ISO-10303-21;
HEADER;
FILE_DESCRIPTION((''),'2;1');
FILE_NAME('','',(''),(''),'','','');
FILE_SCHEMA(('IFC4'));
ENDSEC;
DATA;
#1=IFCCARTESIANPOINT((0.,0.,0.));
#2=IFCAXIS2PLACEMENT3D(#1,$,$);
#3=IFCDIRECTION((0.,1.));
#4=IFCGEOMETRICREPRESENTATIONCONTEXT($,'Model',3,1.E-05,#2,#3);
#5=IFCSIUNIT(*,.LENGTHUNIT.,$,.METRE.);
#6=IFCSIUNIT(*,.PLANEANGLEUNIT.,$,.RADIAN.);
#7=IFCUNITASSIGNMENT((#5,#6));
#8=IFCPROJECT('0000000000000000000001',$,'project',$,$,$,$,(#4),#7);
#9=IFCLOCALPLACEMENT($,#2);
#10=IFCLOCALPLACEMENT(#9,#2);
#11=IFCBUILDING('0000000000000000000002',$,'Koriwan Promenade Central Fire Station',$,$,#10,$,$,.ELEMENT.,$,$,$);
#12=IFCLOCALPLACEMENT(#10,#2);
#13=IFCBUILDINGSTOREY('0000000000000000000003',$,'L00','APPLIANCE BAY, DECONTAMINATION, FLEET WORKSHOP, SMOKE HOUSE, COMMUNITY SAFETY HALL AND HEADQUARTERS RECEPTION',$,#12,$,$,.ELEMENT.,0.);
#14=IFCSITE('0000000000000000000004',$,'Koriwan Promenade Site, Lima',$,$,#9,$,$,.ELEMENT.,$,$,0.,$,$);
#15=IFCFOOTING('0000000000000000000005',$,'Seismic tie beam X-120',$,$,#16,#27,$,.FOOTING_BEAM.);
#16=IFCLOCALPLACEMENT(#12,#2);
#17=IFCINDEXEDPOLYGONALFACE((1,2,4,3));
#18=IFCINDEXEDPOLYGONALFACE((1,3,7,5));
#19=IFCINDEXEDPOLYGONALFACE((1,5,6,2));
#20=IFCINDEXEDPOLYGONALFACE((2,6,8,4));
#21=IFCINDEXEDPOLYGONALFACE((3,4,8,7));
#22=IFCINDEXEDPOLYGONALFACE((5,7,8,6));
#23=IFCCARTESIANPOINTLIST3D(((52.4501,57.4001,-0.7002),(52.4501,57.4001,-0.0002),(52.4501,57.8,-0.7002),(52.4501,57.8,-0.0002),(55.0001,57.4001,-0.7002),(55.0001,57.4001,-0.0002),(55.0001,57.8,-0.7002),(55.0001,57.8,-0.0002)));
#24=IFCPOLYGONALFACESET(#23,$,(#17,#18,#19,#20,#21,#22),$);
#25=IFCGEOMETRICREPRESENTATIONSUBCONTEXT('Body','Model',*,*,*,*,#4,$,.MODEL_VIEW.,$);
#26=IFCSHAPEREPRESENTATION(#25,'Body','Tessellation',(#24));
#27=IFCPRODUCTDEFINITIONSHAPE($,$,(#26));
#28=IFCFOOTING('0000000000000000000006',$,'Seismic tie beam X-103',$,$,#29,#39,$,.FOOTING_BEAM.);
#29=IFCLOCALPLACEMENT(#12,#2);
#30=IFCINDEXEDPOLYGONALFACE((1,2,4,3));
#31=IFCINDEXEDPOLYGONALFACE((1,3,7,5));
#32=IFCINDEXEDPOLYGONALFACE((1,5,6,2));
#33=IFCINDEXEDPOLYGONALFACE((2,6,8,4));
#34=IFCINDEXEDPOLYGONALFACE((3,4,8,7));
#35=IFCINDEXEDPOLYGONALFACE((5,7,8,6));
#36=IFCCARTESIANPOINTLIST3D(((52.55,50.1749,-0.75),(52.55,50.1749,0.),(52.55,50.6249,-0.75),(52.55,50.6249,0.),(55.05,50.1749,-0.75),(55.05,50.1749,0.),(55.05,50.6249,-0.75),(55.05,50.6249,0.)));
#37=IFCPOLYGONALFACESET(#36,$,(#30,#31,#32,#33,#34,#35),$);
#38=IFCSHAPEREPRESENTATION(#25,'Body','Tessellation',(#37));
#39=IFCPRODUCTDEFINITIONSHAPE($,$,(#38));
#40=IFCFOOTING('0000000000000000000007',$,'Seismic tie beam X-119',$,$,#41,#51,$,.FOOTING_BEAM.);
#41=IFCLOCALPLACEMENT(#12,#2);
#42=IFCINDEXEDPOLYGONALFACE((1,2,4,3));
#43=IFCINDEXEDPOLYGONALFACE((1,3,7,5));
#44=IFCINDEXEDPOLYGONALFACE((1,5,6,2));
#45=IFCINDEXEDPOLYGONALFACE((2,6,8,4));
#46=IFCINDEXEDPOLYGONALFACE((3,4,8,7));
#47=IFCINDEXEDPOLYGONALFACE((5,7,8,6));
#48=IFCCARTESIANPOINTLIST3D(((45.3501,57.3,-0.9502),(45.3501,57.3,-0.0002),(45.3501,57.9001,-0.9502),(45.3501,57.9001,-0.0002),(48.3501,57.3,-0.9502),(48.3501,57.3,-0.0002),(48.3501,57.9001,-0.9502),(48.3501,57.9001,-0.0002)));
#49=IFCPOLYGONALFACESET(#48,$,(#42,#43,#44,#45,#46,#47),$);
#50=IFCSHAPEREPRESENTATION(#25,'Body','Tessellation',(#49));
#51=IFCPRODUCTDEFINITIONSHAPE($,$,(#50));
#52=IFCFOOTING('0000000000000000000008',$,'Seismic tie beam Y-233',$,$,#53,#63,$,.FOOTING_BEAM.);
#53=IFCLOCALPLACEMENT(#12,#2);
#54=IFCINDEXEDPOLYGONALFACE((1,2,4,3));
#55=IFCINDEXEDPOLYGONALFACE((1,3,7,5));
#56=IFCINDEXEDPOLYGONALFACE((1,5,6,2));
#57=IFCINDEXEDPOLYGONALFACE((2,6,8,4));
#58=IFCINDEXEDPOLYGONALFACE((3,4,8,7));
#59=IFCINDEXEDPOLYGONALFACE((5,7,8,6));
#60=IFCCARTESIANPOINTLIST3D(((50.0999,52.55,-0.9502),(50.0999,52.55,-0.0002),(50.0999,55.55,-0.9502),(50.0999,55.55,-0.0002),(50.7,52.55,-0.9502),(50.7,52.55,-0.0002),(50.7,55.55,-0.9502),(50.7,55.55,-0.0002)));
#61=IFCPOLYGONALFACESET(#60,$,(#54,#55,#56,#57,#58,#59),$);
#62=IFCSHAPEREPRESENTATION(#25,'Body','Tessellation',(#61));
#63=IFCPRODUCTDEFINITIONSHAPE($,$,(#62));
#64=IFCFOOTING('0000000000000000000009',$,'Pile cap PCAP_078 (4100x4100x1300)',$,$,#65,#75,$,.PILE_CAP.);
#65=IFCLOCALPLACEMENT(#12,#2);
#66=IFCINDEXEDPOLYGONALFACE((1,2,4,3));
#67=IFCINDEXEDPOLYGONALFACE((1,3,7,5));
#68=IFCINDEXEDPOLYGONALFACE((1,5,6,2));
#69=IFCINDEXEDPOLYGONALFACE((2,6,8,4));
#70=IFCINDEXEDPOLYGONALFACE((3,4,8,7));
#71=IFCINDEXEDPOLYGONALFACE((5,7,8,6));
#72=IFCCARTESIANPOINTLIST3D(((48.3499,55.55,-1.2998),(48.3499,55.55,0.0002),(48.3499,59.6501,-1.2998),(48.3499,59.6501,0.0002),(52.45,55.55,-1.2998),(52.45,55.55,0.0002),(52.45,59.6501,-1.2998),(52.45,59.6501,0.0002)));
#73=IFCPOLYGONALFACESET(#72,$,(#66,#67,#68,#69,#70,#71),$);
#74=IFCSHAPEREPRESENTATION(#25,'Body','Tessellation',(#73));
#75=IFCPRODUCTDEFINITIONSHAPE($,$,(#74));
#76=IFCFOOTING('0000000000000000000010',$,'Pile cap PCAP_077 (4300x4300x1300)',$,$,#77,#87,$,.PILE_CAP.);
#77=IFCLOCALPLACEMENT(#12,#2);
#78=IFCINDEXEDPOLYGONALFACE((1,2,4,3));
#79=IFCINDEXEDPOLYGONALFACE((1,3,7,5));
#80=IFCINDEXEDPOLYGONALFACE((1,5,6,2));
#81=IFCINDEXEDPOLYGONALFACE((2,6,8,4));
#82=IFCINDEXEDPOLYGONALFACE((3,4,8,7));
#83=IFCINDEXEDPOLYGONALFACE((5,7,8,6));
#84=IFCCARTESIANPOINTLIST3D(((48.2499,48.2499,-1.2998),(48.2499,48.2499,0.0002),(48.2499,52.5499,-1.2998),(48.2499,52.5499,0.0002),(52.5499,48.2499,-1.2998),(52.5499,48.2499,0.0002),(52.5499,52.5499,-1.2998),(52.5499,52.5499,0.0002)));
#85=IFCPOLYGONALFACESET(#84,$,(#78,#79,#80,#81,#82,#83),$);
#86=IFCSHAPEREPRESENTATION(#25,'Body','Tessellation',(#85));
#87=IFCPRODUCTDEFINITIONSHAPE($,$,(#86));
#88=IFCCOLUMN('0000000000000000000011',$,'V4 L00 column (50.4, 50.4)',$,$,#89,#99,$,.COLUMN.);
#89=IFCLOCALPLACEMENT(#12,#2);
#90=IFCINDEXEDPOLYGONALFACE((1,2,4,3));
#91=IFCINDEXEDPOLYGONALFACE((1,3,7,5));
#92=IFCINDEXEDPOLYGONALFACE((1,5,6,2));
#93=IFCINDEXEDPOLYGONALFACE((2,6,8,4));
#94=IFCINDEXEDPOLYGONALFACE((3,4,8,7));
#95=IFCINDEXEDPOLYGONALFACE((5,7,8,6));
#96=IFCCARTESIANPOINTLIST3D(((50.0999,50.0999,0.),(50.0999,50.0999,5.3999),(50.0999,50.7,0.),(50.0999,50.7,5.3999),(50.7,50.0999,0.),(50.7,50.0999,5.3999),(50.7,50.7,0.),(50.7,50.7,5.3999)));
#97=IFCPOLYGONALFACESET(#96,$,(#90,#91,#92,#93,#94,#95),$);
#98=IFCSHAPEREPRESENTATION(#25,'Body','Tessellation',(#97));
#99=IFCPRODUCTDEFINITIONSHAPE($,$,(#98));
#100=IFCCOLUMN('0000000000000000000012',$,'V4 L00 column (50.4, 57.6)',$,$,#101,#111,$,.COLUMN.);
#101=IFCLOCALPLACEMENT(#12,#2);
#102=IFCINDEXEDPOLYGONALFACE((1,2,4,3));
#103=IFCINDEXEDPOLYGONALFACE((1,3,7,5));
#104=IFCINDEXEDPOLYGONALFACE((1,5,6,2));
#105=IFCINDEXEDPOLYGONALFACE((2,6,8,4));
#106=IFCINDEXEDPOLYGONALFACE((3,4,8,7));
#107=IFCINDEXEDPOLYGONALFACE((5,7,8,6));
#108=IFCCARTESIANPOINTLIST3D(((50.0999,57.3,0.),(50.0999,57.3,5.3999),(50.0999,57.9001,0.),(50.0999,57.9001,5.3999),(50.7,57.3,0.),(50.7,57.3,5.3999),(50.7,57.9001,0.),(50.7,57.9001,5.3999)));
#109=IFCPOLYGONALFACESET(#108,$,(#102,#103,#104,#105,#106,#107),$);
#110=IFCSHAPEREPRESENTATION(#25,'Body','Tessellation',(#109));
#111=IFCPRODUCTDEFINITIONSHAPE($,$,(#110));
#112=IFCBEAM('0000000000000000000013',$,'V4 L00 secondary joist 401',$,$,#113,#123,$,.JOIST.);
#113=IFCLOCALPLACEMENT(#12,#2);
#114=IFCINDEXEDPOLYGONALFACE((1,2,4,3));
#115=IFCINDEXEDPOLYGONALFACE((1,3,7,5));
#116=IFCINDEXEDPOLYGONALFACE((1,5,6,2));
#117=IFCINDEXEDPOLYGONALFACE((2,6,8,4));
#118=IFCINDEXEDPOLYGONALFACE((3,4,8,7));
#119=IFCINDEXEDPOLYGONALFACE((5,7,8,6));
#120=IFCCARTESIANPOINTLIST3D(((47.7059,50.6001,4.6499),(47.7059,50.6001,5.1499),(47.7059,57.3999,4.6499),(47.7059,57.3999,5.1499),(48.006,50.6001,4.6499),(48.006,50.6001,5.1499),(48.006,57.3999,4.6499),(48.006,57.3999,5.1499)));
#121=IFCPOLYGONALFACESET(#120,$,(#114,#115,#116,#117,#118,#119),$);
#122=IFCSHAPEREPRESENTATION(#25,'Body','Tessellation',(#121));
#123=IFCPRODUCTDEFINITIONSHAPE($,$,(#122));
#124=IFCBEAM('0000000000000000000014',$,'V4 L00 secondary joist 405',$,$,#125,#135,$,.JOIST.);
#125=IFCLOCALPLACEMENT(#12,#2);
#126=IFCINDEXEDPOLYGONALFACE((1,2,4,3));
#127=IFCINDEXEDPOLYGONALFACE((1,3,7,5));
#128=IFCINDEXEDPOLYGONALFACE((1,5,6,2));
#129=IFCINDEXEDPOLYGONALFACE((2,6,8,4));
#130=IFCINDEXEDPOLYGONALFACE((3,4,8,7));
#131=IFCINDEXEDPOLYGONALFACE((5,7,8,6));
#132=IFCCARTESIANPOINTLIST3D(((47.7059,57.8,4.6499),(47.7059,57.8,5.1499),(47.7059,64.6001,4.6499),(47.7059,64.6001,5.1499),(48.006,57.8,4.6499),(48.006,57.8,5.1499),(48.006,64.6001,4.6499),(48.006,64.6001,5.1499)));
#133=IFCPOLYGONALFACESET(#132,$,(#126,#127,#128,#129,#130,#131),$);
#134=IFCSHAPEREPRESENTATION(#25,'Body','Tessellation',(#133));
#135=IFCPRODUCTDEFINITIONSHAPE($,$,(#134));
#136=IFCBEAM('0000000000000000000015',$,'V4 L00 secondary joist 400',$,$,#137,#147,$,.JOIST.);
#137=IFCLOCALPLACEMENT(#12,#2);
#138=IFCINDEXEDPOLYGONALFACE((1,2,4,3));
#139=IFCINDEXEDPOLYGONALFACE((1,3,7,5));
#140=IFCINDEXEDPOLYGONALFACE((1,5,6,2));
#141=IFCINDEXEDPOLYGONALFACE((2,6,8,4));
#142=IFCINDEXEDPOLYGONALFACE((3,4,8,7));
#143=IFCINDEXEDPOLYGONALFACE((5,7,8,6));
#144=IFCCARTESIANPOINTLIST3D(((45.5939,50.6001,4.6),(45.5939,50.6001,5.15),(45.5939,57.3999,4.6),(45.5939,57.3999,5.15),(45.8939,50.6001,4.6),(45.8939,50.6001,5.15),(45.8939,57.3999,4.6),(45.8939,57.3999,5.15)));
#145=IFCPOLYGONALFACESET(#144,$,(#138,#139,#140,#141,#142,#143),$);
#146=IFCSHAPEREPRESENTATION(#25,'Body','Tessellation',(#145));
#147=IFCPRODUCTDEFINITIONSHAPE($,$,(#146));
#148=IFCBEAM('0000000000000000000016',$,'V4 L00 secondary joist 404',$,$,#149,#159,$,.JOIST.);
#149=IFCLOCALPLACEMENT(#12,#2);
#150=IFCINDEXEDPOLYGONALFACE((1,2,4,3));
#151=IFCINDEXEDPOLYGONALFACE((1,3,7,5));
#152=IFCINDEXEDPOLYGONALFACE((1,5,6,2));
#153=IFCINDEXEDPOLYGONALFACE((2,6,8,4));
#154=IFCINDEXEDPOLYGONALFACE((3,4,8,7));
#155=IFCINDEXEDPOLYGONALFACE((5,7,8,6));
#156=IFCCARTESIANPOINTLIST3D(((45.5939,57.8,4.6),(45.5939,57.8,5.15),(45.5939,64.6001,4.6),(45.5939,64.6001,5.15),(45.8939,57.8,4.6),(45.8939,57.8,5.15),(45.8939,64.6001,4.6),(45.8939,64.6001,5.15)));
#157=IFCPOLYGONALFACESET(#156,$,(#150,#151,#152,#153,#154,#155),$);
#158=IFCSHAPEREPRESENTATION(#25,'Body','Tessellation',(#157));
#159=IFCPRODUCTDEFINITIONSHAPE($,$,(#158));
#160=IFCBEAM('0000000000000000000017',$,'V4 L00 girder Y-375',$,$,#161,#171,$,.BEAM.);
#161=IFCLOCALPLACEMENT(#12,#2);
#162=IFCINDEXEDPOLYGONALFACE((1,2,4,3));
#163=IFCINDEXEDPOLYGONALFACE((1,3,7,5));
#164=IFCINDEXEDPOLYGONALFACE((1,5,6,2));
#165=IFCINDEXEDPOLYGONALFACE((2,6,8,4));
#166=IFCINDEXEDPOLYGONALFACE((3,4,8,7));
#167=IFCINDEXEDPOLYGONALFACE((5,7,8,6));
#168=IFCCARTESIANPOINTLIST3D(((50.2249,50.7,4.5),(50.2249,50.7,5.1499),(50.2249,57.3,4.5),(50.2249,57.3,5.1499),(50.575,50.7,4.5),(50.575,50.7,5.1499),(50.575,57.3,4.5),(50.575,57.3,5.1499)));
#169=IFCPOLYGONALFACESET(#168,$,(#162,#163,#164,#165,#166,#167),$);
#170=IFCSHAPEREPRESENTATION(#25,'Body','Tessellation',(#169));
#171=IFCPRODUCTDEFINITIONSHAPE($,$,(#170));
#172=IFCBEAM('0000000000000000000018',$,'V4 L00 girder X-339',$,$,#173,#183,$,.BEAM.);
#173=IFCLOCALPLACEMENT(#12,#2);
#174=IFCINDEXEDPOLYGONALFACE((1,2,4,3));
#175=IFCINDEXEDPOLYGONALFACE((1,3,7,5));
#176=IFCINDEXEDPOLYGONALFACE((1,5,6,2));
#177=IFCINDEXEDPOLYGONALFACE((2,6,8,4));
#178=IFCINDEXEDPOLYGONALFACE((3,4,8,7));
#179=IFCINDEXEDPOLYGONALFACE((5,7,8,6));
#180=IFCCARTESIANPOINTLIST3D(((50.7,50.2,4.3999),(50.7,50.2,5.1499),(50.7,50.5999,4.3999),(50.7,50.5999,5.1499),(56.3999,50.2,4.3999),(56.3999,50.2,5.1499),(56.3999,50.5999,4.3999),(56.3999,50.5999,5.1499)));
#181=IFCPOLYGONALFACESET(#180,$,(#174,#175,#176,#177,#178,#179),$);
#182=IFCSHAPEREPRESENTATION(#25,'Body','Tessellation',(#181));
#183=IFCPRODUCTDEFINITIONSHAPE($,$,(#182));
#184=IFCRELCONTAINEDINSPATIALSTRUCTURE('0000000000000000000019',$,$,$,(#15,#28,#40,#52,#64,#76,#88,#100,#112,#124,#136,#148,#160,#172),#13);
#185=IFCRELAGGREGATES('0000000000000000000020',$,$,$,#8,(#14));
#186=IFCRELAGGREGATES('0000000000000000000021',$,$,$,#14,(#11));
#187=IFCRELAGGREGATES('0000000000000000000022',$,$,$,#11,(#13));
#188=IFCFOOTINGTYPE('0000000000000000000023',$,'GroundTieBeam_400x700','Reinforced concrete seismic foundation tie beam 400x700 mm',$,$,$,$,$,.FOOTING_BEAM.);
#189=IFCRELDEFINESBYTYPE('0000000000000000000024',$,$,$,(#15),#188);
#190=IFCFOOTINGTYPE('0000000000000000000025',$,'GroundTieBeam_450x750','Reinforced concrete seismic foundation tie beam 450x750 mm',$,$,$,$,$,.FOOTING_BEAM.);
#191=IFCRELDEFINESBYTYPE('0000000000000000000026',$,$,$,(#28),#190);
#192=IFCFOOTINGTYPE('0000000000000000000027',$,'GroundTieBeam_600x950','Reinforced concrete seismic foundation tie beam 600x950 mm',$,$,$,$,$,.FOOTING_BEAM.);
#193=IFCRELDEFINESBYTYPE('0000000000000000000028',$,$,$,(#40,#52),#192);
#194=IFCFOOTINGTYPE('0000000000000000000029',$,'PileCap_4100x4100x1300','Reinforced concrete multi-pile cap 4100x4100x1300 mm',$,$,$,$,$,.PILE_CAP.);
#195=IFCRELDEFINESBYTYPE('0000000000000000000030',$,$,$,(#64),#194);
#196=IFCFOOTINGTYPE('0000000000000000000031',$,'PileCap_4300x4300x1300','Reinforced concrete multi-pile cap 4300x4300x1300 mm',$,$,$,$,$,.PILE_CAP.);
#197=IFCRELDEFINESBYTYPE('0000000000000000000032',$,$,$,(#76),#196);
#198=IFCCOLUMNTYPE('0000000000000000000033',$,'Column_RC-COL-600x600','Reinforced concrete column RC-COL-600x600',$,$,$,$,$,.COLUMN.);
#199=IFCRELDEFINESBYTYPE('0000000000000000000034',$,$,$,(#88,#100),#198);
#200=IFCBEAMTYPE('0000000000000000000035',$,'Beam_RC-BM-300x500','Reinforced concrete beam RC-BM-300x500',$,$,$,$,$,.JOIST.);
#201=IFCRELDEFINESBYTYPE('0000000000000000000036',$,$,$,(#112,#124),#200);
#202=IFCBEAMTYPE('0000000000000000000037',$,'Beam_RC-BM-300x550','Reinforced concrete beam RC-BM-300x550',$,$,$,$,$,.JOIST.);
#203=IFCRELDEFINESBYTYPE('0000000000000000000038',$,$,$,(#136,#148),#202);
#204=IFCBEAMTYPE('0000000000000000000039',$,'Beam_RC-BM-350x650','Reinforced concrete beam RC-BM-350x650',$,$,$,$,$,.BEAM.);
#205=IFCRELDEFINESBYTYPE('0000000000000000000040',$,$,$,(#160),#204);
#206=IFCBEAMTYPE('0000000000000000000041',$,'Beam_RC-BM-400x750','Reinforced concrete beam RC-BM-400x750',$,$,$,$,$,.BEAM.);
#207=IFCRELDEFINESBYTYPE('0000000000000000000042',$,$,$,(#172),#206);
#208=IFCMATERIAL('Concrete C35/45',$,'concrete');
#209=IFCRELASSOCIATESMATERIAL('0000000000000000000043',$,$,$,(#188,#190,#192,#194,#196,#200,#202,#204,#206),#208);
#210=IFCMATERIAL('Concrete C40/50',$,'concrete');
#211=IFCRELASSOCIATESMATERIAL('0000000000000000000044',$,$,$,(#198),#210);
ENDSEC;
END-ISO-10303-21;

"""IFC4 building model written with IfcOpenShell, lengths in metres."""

from ifc_helpers import new_model, si_unit, direction, frame, origin, origin_2d, place, context, subcontext, project, spatial, rectangle, extrude, material, material_profile, profile_set, type_object, element, save


model = new_model("IFC4")

# Units and contexts
model_context = context("Model", 3, precision=1e-05, world=origin(), true_north=direction((0.0, 1.0)))
body_context = subcontext(model_context, "Body", "Model", "MODEL_VIEW")
ifc_project = project(units=[si_unit("LENGTHUNIT", "METRE"), si_unit("PLANEANGLEUNIT", "RADIAN")], contexts=[model_context])

# Site, building, storey
site_placement = place(None, origin())
site = spatial("IfcSite", under=ifc_project, at=site_placement, Name="Koriwan Promenade Site, Lima", CompositionType="ELEMENT", RefElevation=0.0)
building_placement = place(site_placement, origin())
building = spatial("IfcBuilding", under=site, at=building_placement, Name="Koriwan Promenade Central Fire Station", CompositionType="ELEMENT")
storey_placement = place(building_placement, origin())
storey = spatial("IfcBuildingStorey", under=building, at=storey_placement, Name="L00", Description="APPLIANCE BAY, DECONTAMINATION, FLEET WORKSHOP, SMOKE HOUSE, COMMUNITY SAFETY HALL AND HEADQUARTERS RECEPTION", CompositionType="ELEMENT", Elevation=0.0)

# Shared definitions
ifc_material_1 = material(Name="Concrete C35/45", Category="concrete")

# Footings
footing_type_1 = type_object("IfcFootingType", Name="GroundTieBeam_400x700", Description="Reinforced concrete seismic foundation tie beam 400x700 mm", PredefinedType="FOOTING_BEAM", material=ifc_material_1)
footing_1_placement = place(storey_placement, frame((53.7251, 57.6001, -0.7002), z_axis=(0.0, 0.0, 1.0), x_axis=(1.0, 0.0, 0.0)))
element("IfcFooting", 1, at=footing_1_placement, inside=storey, type_object=footing_type_1, Name="Seismic tie beam X-120", PredefinedType="FOOTING_BEAM", context=body_context, shape_type="SweptSolid", body=[
    extrude(rectangle(XDim=2.55, YDim=0.3999, at=origin_2d()), origin(), (0.0, 0.0, 1.0), 0.7),
])
footing_type_2 = type_object("IfcFootingType", Name="GroundTieBeam_450x750", Description="Reinforced concrete seismic foundation tie beam 450x750 mm", PredefinedType="FOOTING_BEAM", material=ifc_material_1)
footing_2_placement = place(storey_placement, frame((53.8, 50.3999, -0.75), z_axis=(0.0, 0.0, 1.0), x_axis=(1.0, 0.0, 0.0)))
element("IfcFooting", 2, at=footing_2_placement, inside=storey, type_object=footing_type_2, Name="Seismic tie beam X-103", PredefinedType="FOOTING_BEAM", context=body_context, shape_type="SweptSolid", body=[
    extrude(rectangle(XDim=2.5, YDim=0.45, at=origin_2d()), origin(), (0.0, 0.0, 1.0), 0.75),
])
footing_type_3 = type_object("IfcFootingType", Name="GroundTieBeam_600x950", Description="Reinforced concrete seismic foundation tie beam 600x950 mm", PredefinedType="FOOTING_BEAM", material=ifc_material_1)
for number, where, z_axis, x_axis, name in (
    (3, (46.8501, 57.6001, -0.9502), (0.0, 0.0, 1.0), (1.0, 0.0, 0.0), "Seismic tie beam X-119"),
    (4, (50.3999, 54.05, -0.9502), (0.0, 0.0, 1.0), (0.0, 1.0, 0.0), "Seismic tie beam Y-233"),
):
    element("IfcFooting", number, at=place(storey_placement, frame(where, z_axis=z_axis, x_axis=x_axis)), inside=storey, type_object=footing_type_3, Name=name, PredefinedType="FOOTING_BEAM", context=body_context, shape_type="SweptSolid", body=[
        extrude(rectangle(XDim=3.0, YDim=0.6001, at=origin_2d()), origin(), (0.0, 0.0, 1.0), 0.95),
    ])
footing_type_4 = type_object("IfcFootingType", Name="PileCap_4100x4100x1300", Description="Reinforced concrete multi-pile cap 4100x4100x1300 mm", PredefinedType="PILE_CAP", material=ifc_material_1)
footing_3_placement = place(storey_placement, frame((50.3999, 57.6001, -1.2998), z_axis=(0.0, 0.0, 1.0), x_axis=(1.0, 0.0, 0.0)))
element("IfcFooting", 5, at=footing_3_placement, inside=storey, type_object=footing_type_4, Name="Pile cap PCAP_078 (4100x4100x1300)", PredefinedType="PILE_CAP", context=body_context, shape_type="SweptSolid", body=[
    extrude(rectangle(XDim=4.1001, YDim=4.1001, at=origin_2d()), origin(), (0.0, 0.0, 1.0), 1.3),
])
footing_type_5 = type_object("IfcFootingType", Name="PileCap_4300x4300x1300", Description="Reinforced concrete multi-pile cap 4300x4300x1300 mm", PredefinedType="PILE_CAP", material=ifc_material_1)
footing_4_placement = place(storey_placement, frame((50.3999, 50.3999, -1.2998), z_axis=(0.0, 0.0, 1.0), x_axis=(1.0, 0.0, 0.0)))
element("IfcFooting", 6, at=footing_4_placement, inside=storey, type_object=footing_type_5, Name="Pile cap PCAP_077 (4300x4300x1300)", PredefinedType="PILE_CAP", context=body_context, shape_type="SweptSolid", body=[
    extrude(rectangle(XDim=4.3, YDim=4.3, at=origin_2d()), origin(), (0.0, 0.0, 1.0), 1.3),
])

# Columns
ifc_material_2 = material(Name="Concrete C40/50", Category="concrete")
ifc_material_profile_1 = material_profile(ifc_material_2, rectangle(XDim=0.6001, YDim=0.6001, at=origin_2d()), Name="RC-COL-600x600")
ifc_profile_set_1 = profile_set([ifc_material_profile_1], Name="Concrete C40/50")
column_type = type_object("IfcColumnType", Name="Column_RC-COL-600x600", Description="Reinforced concrete column RC-COL-600x600", PredefinedType="COLUMN", material=ifc_profile_set_1)
for number, where, z_axis, x_axis, name in (
    (7, (50.3999, 50.3999, 0.0), (0.0, 0.0, 1.0), (1.0, 0.0, 0.0), "V4 L00 column (50.4, 50.4)"),
    (8, (50.3999, 57.6001, 0.0), (0.0, 0.0, 1.0), (1.0, 0.0, 0.0), "V4 L00 column (50.4, 57.6)"),
):
    element("IfcColumn", number, at=place(storey_placement, frame(where, z_axis=z_axis, x_axis=x_axis)), inside=storey, type_object=column_type, Name=name, PredefinedType="COLUMN", context=body_context, shape_type="SweptSolid", body=[
        extrude(rectangle(XDim=0.6001, YDim=0.6001, at=origin_2d()), origin(), (0.0, 0.0, 1.0), 5.3999),
    ])

# Beams
ifc_material_profile_2 = material_profile(ifc_material_1, rectangle(XDim=0.3, YDim=0.5, at=origin_2d()), Name="RC-BM-300x500")
ifc_profile_set_2 = profile_set([ifc_material_profile_2], Name="Concrete C35/45")
beam_type_1 = type_object("IfcBeamType", Name="Beam_RC-BM-300x500", Description="Reinforced concrete beam RC-BM-300x500", PredefinedType="JOIST", material=ifc_profile_set_2)
beam_1_placement = place(storey_placement, frame((47.856, 50.6001, 4.8999), z_axis=(0.0, 1.0, 0.0), x_axis=(-1.0, 0.0, 0.0)))
element("IfcBeam", 9, at=beam_1_placement, inside=storey, type_object=beam_type_1, Name="V4 L00 secondary joist 401", PredefinedType="JOIST", context=body_context, shape_type="SweptSolid", body=[
    extrude(rectangle(XDim=0.3, YDim=0.5, at=origin_2d()), origin(), (0.0, 0.0, 1.0), 6.7998),
])
beam_2_placement = place(storey_placement, frame((47.856, 57.8, 4.8999), z_axis=(0.0, 1.0, 0.0), x_axis=(-1.0, 0.0, 0.0)))
element("IfcBeam", 10, at=beam_2_placement, inside=storey, type_object=beam_type_1, Name="V4 L00 secondary joist 405", PredefinedType="JOIST", context=body_context, shape_type="SweptSolid", body=[
    extrude(rectangle(XDim=0.3, YDim=0.5, at=origin_2d()), origin(), (0.0, 0.0, 1.0), 6.8),
])
ifc_material_profile_3 = material_profile(ifc_material_1, rectangle(XDim=0.3, YDim=0.55, at=origin_2d()), Name="RC-BM-300x550")
ifc_profile_set_3 = profile_set([ifc_material_profile_3], Name="Concrete C35/45")
beam_type_2 = type_object("IfcBeamType", Name="Beam_RC-BM-300x550", Description="Reinforced concrete beam RC-BM-300x550", PredefinedType="JOIST", material=ifc_profile_set_3)
beam_3_placement = place(storey_placement, frame((45.7439, 50.6001, 4.875), z_axis=(0.0, 1.0, 0.0), x_axis=(-1.0, 0.0, 0.0)))
element("IfcBeam", 11, at=beam_3_placement, inside=storey, type_object=beam_type_2, Name="V4 L00 secondary joist 400", PredefinedType="JOIST", context=body_context, shape_type="SweptSolid", body=[
    extrude(rectangle(XDim=0.3, YDim=0.55, at=origin_2d()), origin(), (0.0, 0.0, 1.0), 6.7998),
])
beam_4_placement = place(storey_placement, frame((45.7439, 57.8, 4.875), z_axis=(0.0, 1.0, 0.0), x_axis=(-1.0, 0.0, 0.0)))
element("IfcBeam", 12, at=beam_4_placement, inside=storey, type_object=beam_type_2, Name="V4 L00 secondary joist 404", PredefinedType="JOIST", context=body_context, shape_type="SweptSolid", body=[
    extrude(rectangle(XDim=0.3, YDim=0.55, at=origin_2d()), origin(), (0.0, 0.0, 1.0), 6.8),
])
ifc_material_profile_4 = material_profile(ifc_material_1, rectangle(XDim=0.3501, YDim=0.6499, at=origin_2d()), Name="RC-BM-350x650")
ifc_profile_set_4 = profile_set([ifc_material_profile_4], Name="Concrete C35/45")
beam_type_3 = type_object("IfcBeamType", Name="Beam_RC-BM-350x650", Description="Reinforced concrete beam RC-BM-350x650", PredefinedType="BEAM", material=ifc_profile_set_4)
beam_5_placement = place(storey_placement, frame((50.3999, 50.7, 4.825), z_axis=(0.0, 1.0, 0.0), x_axis=(-1.0, 0.0, 0.0)))
element("IfcBeam", 13, at=beam_5_placement, inside=storey, type_object=beam_type_3, Name="V4 L00 girder Y-375", PredefinedType="BEAM", context=body_context, shape_type="SweptSolid", body=[
    extrude(rectangle(XDim=0.3501, YDim=0.6499, at=origin_2d()), origin(), (0.0, 0.0, 1.0), 6.6001),
])
ifc_material_profile_5 = material_profile(ifc_material_1, rectangle(XDim=0.3999, YDim=0.75, at=origin_2d()), Name="RC-BM-400x750")
ifc_profile_set_5 = profile_set([ifc_material_profile_5], Name="Concrete C35/45")
beam_type_4 = type_object("IfcBeamType", Name="Beam_RC-BM-400x750", Description="Reinforced concrete beam RC-BM-400x750", PredefinedType="BEAM", material=ifc_profile_set_5)
beam_6_placement = place(storey_placement, frame((50.7, 50.3999, 4.7749), z_axis=(1.0, 0.0, 0.0), x_axis=(0.0, 1.0, 0.0)))
element("IfcBeam", 14, at=beam_6_placement, inside=storey, type_object=beam_type_4, Name="V4 L00 girder X-339", PredefinedType="BEAM", context=body_context, shape_type="SweptSolid", body=[
    extrude(rectangle(XDim=0.3999, YDim=0.75, at=origin_2d()), origin(), (0.0, 0.0, 1.0), 5.7),
])

save(model, "model.ifc")
